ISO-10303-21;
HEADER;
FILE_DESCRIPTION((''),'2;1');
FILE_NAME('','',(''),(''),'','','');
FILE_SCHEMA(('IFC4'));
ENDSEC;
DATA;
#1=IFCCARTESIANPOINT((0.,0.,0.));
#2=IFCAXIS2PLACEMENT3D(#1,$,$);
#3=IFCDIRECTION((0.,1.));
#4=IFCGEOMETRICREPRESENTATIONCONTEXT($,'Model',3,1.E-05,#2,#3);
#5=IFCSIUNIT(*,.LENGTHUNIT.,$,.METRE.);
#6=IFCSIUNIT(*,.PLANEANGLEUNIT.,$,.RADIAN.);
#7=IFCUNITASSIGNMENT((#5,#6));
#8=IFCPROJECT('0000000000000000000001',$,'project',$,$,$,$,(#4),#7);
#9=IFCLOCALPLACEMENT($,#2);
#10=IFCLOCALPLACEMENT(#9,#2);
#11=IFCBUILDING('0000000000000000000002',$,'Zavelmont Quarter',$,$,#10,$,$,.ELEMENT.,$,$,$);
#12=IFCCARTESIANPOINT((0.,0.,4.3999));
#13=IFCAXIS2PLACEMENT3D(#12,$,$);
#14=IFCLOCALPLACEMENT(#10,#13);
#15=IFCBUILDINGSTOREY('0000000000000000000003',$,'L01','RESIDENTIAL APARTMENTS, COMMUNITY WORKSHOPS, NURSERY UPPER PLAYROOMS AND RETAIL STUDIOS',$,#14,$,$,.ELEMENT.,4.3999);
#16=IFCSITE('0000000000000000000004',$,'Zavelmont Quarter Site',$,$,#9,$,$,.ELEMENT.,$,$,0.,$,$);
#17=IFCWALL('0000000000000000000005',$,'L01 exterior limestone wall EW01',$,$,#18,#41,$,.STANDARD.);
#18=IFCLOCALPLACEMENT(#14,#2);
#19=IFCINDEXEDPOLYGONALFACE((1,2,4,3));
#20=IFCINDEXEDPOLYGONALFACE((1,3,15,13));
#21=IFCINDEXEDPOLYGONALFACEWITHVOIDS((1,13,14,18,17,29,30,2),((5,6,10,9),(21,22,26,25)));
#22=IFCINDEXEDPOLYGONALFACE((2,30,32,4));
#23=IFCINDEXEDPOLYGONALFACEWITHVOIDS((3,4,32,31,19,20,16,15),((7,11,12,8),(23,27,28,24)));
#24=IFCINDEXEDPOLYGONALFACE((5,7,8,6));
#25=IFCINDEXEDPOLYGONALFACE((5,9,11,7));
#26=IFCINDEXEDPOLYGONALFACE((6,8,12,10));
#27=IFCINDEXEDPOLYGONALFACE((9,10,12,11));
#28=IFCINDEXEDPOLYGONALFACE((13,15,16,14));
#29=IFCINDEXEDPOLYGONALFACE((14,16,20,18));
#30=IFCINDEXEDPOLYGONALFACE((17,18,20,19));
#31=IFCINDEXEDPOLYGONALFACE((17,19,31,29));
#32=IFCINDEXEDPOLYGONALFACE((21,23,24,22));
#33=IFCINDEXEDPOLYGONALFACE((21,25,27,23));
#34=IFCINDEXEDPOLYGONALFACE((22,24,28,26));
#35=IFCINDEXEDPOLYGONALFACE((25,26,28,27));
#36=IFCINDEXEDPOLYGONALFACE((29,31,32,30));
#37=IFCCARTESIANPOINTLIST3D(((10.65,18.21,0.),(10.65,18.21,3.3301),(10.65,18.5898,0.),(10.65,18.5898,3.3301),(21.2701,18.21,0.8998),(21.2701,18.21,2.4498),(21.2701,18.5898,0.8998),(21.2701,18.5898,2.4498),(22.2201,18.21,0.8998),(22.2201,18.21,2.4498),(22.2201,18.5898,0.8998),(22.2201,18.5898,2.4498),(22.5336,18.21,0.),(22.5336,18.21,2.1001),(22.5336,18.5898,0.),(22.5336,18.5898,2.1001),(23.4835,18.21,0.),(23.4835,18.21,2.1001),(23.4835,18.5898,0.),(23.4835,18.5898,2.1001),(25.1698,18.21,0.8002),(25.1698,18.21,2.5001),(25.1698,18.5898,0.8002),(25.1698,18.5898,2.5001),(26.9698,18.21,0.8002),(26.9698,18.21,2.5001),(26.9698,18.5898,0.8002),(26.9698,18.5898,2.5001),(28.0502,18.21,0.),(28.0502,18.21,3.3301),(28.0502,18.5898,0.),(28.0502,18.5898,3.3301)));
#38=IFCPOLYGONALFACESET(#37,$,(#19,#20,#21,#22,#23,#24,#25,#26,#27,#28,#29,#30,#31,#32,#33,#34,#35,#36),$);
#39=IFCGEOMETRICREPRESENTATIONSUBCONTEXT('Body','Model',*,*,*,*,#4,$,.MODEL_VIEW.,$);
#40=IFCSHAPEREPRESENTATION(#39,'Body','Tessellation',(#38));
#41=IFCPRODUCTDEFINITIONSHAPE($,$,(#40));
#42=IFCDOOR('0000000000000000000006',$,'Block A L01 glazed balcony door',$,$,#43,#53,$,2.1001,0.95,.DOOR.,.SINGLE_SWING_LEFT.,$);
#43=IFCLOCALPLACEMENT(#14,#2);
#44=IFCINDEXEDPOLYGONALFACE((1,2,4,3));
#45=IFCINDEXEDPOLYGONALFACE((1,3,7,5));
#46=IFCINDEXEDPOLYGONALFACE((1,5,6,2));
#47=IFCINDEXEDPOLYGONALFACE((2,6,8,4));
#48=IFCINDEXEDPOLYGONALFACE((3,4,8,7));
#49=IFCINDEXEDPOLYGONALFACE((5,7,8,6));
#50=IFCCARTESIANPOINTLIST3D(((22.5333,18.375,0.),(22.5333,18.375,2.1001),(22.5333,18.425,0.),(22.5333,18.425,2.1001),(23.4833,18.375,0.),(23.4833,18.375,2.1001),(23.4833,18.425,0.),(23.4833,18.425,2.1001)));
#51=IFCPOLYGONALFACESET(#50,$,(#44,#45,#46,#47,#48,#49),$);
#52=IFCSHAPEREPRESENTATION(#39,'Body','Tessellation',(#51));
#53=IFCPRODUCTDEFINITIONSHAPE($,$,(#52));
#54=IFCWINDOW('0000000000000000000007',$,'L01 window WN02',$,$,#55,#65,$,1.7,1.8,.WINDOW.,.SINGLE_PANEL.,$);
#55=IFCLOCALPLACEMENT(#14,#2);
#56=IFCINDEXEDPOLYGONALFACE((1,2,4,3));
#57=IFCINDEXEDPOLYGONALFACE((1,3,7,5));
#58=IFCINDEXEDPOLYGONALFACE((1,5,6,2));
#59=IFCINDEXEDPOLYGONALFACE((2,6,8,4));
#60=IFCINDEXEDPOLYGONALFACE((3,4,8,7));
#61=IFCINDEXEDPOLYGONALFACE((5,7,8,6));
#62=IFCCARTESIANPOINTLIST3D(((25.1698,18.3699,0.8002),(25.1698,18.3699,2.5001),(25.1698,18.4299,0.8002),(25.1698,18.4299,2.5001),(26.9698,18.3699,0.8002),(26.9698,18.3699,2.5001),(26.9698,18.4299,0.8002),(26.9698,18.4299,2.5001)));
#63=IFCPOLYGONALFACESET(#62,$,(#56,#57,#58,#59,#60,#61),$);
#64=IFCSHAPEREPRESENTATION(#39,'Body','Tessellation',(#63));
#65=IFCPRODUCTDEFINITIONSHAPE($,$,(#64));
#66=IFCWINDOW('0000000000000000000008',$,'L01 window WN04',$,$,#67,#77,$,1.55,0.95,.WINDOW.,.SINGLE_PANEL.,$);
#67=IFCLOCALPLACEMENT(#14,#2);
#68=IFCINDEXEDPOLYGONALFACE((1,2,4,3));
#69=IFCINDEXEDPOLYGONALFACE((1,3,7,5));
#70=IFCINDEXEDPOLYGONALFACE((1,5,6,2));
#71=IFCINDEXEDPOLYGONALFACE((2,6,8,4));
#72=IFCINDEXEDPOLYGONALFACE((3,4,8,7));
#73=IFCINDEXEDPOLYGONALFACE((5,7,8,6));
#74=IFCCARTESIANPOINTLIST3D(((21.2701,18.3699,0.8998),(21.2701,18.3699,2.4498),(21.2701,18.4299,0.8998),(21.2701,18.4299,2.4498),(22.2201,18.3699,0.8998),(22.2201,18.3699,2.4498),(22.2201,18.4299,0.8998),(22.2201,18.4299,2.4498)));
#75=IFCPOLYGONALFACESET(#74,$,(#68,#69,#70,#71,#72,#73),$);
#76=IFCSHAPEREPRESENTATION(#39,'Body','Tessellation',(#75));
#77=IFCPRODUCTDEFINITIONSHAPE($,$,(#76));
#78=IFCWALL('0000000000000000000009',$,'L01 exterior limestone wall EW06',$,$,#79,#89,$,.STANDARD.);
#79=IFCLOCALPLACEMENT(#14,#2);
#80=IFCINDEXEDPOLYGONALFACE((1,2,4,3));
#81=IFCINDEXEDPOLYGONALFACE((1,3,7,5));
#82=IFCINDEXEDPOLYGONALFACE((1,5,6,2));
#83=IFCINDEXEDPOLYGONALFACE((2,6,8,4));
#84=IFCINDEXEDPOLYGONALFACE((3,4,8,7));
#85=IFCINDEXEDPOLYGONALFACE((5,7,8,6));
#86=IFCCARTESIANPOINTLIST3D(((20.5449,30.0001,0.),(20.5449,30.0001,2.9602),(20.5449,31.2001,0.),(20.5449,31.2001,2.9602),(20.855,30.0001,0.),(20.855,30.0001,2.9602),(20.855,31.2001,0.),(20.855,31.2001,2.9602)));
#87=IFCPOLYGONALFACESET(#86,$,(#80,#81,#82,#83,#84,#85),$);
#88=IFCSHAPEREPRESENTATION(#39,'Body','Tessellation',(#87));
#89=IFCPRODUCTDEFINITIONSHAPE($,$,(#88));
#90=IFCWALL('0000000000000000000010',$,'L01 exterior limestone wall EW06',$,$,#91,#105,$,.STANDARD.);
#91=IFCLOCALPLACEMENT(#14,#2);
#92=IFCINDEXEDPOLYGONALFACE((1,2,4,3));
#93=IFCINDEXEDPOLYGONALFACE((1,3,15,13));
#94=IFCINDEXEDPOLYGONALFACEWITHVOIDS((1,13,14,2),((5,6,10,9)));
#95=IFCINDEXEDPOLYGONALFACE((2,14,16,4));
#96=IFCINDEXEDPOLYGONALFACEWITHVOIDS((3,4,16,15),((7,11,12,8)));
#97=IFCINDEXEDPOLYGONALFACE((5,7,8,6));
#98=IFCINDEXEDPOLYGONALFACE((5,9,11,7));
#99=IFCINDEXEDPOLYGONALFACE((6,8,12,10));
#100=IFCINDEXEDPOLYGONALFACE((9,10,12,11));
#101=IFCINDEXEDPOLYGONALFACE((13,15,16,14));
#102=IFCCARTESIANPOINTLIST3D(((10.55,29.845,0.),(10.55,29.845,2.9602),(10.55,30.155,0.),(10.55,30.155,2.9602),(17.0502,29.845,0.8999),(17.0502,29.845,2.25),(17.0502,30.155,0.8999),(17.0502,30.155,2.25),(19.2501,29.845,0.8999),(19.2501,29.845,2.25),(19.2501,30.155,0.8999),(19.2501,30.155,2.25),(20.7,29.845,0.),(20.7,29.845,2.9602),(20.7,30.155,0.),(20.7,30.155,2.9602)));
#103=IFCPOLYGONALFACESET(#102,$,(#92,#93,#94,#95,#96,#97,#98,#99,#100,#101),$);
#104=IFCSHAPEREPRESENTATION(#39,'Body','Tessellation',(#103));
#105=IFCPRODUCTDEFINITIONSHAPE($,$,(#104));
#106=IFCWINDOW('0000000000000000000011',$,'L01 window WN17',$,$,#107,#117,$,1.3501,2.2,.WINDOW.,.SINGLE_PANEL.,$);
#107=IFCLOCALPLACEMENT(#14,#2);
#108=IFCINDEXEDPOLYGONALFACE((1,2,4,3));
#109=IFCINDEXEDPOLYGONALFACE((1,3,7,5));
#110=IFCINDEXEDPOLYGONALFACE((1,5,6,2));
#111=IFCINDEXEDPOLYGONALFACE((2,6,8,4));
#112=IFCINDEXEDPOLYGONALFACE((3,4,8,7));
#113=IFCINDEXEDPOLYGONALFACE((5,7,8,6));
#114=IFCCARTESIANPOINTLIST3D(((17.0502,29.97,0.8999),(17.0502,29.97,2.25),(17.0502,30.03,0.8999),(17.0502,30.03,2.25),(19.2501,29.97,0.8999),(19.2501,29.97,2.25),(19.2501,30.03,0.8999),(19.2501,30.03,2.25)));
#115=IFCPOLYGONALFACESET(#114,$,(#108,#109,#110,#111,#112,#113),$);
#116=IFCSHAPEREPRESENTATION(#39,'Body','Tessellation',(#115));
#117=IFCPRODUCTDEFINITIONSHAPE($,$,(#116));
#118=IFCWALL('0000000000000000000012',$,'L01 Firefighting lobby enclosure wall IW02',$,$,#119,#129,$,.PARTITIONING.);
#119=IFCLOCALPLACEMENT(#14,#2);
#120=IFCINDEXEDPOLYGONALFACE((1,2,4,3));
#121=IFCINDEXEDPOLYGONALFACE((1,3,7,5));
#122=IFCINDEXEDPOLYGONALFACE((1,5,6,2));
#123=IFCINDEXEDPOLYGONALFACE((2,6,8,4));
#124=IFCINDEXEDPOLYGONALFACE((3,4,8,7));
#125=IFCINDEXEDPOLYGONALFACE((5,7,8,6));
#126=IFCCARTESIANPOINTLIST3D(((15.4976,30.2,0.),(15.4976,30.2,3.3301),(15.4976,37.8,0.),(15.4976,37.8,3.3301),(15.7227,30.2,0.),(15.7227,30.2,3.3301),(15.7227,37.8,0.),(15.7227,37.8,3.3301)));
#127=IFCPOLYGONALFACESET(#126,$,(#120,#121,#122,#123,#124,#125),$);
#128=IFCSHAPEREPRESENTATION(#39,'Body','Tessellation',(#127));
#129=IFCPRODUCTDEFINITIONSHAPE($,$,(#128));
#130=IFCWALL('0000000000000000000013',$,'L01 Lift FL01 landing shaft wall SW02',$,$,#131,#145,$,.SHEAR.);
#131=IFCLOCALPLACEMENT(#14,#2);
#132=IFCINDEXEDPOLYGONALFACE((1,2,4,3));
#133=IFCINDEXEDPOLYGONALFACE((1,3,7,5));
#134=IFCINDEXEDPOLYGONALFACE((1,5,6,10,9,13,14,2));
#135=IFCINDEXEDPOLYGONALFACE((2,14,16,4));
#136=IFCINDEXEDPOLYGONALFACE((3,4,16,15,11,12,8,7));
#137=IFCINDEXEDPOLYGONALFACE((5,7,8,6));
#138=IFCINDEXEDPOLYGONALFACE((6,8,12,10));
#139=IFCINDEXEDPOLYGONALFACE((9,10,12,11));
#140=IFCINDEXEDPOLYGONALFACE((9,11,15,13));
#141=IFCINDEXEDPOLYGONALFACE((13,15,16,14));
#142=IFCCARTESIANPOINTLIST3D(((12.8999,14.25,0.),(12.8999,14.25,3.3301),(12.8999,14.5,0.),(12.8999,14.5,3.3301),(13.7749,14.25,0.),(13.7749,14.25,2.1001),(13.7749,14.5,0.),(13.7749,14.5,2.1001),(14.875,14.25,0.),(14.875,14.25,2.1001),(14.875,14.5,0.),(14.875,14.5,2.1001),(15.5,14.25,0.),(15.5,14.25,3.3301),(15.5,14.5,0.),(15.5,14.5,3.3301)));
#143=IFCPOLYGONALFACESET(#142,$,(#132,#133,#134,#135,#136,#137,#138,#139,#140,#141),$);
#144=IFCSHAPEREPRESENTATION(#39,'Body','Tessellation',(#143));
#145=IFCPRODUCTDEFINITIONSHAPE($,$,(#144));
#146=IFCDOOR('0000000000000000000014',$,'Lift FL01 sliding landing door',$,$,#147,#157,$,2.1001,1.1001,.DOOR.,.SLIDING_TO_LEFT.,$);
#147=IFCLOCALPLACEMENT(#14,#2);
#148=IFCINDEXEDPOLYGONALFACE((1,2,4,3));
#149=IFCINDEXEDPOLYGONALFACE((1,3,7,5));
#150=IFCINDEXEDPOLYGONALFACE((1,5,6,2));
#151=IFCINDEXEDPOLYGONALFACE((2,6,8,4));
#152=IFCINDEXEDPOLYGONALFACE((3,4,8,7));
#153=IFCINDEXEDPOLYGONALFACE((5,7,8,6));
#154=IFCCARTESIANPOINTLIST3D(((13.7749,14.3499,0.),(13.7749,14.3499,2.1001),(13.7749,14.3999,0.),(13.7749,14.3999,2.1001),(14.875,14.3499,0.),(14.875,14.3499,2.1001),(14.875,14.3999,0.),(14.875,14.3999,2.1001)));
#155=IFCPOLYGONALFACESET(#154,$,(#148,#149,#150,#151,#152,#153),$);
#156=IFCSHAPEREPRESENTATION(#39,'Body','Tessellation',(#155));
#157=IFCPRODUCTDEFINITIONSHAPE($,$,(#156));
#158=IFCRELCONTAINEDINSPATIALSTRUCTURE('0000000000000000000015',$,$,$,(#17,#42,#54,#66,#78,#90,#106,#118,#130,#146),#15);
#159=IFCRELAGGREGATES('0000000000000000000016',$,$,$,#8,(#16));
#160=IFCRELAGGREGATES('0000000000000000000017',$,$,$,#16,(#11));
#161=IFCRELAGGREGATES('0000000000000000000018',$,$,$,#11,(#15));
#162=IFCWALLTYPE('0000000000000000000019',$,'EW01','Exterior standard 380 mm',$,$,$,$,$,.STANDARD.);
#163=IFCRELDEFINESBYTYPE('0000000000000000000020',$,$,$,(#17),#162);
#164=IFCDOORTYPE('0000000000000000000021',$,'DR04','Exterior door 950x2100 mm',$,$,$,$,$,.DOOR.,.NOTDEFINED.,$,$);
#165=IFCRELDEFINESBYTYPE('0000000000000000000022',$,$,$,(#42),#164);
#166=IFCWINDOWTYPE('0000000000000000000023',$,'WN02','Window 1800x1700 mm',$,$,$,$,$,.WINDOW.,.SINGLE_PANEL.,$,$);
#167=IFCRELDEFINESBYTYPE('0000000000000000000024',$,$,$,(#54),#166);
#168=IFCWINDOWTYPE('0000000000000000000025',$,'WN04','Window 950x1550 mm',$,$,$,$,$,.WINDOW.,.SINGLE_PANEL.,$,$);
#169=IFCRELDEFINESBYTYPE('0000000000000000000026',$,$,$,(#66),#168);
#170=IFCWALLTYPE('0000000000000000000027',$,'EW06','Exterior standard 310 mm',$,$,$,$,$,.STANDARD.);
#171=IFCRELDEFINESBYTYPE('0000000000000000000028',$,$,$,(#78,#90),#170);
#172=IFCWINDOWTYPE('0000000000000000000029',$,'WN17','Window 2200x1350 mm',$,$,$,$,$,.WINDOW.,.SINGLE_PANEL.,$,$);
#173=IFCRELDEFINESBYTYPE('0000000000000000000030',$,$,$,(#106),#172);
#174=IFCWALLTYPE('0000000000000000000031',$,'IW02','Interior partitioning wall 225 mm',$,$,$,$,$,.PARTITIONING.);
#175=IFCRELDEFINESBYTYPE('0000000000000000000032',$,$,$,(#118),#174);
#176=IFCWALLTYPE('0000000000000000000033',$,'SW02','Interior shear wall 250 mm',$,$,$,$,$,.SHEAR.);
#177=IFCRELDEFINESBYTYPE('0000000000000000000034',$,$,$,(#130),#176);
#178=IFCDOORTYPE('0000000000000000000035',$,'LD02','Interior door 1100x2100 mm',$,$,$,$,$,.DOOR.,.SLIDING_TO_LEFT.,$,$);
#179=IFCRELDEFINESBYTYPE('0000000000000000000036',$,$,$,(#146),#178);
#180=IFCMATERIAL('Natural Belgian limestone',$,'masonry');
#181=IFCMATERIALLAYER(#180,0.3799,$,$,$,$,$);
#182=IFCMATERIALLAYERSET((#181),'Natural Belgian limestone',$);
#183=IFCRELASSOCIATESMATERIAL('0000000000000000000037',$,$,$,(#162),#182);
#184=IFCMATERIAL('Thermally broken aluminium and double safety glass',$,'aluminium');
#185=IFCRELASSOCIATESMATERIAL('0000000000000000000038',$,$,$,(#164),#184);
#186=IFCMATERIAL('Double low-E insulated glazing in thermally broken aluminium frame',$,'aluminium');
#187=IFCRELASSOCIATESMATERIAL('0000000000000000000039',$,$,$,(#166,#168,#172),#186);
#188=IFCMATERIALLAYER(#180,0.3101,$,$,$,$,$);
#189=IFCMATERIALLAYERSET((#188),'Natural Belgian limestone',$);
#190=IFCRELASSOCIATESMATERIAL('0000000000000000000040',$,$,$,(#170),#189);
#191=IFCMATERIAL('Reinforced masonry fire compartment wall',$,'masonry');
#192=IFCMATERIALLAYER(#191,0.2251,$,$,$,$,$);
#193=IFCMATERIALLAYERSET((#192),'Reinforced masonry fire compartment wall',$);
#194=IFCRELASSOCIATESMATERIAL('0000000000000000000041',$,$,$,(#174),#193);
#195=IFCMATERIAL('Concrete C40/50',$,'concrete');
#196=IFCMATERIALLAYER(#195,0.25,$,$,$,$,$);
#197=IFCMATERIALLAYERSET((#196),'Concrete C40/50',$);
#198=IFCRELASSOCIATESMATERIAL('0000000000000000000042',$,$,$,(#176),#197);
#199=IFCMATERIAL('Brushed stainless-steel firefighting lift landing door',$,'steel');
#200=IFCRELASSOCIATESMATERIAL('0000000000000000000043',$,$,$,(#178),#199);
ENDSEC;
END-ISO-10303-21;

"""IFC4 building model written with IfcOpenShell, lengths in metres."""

from ifc_helpers import new_model, si_unit, direction, frame, frame_2d, origin, origin_with_axes, place, context, subcontext, project, spatial, rectangle, extrude, material, layer, layer_set, type_object, element, fill, save


model = new_model("IFC4")

# Units and contexts
model_context = context("Model", 3, precision=1e-05, world=origin(), true_north=direction((0.0, 1.0)))
body_context = subcontext(model_context, "Body", "Model", "MODEL_VIEW")
ifc_project = project(units=[si_unit("LENGTHUNIT", "METRE"), si_unit("PLANEANGLEUNIT", "RADIAN")], contexts=[model_context])

# Site, building, storey
site_placement = place(None, origin())
site = spatial("IfcSite", under=ifc_project, at=site_placement, Name="Zavelmont Quarter Site", CompositionType="ELEMENT", RefElevation=0.0)
building_placement = place(site_placement, origin())
building = spatial("IfcBuilding", under=site, at=building_placement, Name="Zavelmont Quarter", CompositionType="ELEMENT")
storey_placement = place(building_placement, frame((0.0, 0.0, 4.3999)))
storey = spatial("IfcBuildingStorey", under=building, at=storey_placement, Name="L01", Description="RESIDENTIAL APARTMENTS, COMMUNITY WORKSHOPS, NURSERY UPPER PLAYROOMS AND RETAIL STUDIOS", CompositionType="ELEMENT", Elevation=4.3999)

# Shared definitions
ifc_material_1 = material(Name="Concrete C40/50", Category="concrete")

# Wall, openings, door, windows
ifc_material_2 = material(Name="Natural Belgian limestone", Category="masonry")
ifc_layer_1 = layer(ifc_material_2, 0.3799)
ifc_layer_set_1 = layer_set([ifc_layer_1], Name="Natural Belgian limestone")
wall_type_1 = type_object("IfcWallType", Name="EW01", Description="Exterior standard 380 mm", PredefinedType="STANDARD", material=ifc_layer_set_1)
wall_1_placement = place(storey_placement, frame((10.6499, 18.3999, 0.0), z_axis=(0.0, 0.0, 1.0), x_axis=(1.0, 0.0, 0.0)))
wall_1 = element("IfcWall", 1, at=wall_1_placement, inside=storey, type_object=wall_type_1, Name="L01 exterior limestone wall EW01", PredefinedType="STANDARD", context=body_context, shape_type="SweptSolid", body=[
    extrude(rectangle(XDim=17.4001, YDim=0.3799, at=frame_2d((8.7002, 0.0))), origin(), (0.0, 0.0, 1.0), 3.3301),
])
opening_1_placement = place(wall_1_placement, frame((11.8835, 0.0, 0.0)))
opening_1 = element("IfcOpeningElement", 2, at=opening_1_placement, cuts=wall_1, PredefinedType="OPENING", context=body_context, shape_type="SweptSolid", body=[
    extrude(rectangle(XDim=0.95, YDim=2.1001, at=frame_2d((0.4751, 1.05))), frame((0.0, 0.2019, 0.0), z_axis=(0.0, -1.0, 0.0), x_axis=(1.0, 0.0, 0.0)), (0.0, 0.0, 1.0), 0.4038),
])
opening_2_placement = place(wall_1_placement, frame((10.6201, 0.0, 0.8999)))
opening_2 = element("IfcOpeningElement", 3, at=opening_2_placement, cuts=wall_1, PredefinedType="OPENING", context=body_context, shape_type="SweptSolid", body=[
    extrude(rectangle(XDim=0.95, YDim=1.55, at=frame_2d((0.4751, 0.7749))), frame((0.0, 0.2019, 0.0), z_axis=(0.0, -1.0, 0.0), x_axis=(1.0, 0.0, 0.0)), (0.0, 0.0, 1.0), 0.4038),
])
opening_3_placement = place(wall_1_placement, frame((14.52, 0.0, 0.8)))
opening_3 = element("IfcOpeningElement", 4, at=opening_3_placement, cuts=wall_1, PredefinedType="OPENING", context=body_context, shape_type="SweptSolid", body=[
    extrude(rectangle(XDim=1.8, YDim=1.7, at=frame_2d((0.8999, 0.8501))), frame((0.0, 0.2019, 0.0), z_axis=(0.0, -1.0, 0.0), x_axis=(1.0, 0.0, 0.0)), (0.0, 0.0, 1.0), 0.4038),
])
ifc_material_3 = material(Name="Thermally broken aluminium and double safety glass", Category="aluminium")
door_type_1 = type_object("IfcDoorType", Name="DR04", Description="Exterior door 950x2100 mm", OperationType="NOTDEFINED", PredefinedType="DOOR", material=ifc_material_3)
door_1_placement = place(opening_1_placement, frame((0.95, 0.0, 0.0), z_axis=(0.0, 0.0, 1.0), x_axis=(-1.0, 0.0, 0.0)))
door_1 = element("IfcDoor", 5, at=door_1_placement, inside=storey, type_object=door_type_1, Name="Block A L01 glazed balcony door", OperationType="SINGLE_SWING_LEFT", OverallHeight=2.1001, OverallWidth=0.95, PredefinedType="DOOR", context=body_context, shape_type="SweptSolid", body=[
    extrude(rectangle(XDim=0.95, YDim=2.1001, at=frame_2d((0.4751, 1.05))), frame((0.0, 0.0249, 0.0), z_axis=(0.0, -1.0, 0.0), x_axis=(1.0, 0.0, 0.0)), (0.0, 0.0, 1.0), 0.05),
])
fill(opening_1, door_1)
ifc_material_4 = material(Name="Double low-E insulated glazing in thermally broken aluminium frame", Category="aluminium")
window_type_1 = type_object("IfcWindowType", Name="WN02", Description="Window 1800x1700 mm", PartitioningType="SINGLE_PANEL", PredefinedType="WINDOW", material=ifc_material_4)
window_1_placement = place(opening_3_placement, origin_with_axes())
window_1 = element("IfcWindow", 6, at=window_1_placement, inside=storey, type_object=window_type_1, Name="L01 window WN02", OverallHeight=1.7, OverallWidth=1.8, PartitioningType="SINGLE_PANEL", PredefinedType="WINDOW", context=body_context, shape_type="SweptSolid", body=[
    extrude(rectangle(XDim=1.8, YDim=1.7, at=frame_2d((0.8999, 0.8501))), frame((0.0, 0.03, 0.0), z_axis=(0.0, -1.0, 0.0), x_axis=(1.0, 0.0, 0.0)), (0.0, 0.0, 1.0), 0.0601),
])
fill(opening_3, window_1)
window_type_2 = type_object("IfcWindowType", Name="WN04", Description="Window 950x1550 mm", PartitioningType="SINGLE_PANEL", PredefinedType="WINDOW", material=ifc_material_4)
window_2_placement = place(opening_2_placement, origin_with_axes())
window_2 = element("IfcWindow", 7, at=window_2_placement, inside=storey, type_object=window_type_2, Name="L01 window WN04", OverallHeight=1.55, OverallWidth=0.95, PartitioningType="SINGLE_PANEL", PredefinedType="WINDOW", context=body_context, shape_type="SweptSolid", body=[
    extrude(rectangle(XDim=0.95, YDim=1.55, at=frame_2d((0.4751, 0.7749))), frame((0.0, 0.03, 0.0), z_axis=(0.0, -1.0, 0.0), x_axis=(1.0, 0.0, 0.0)), (0.0, 0.0, 1.0), 0.0601),
])
fill(opening_2, window_2)

# Wall
ifc_layer_2 = layer(ifc_material_2, 0.3101)
ifc_layer_set_2 = layer_set([ifc_layer_2], Name="Natural Belgian limestone")
wall_type_2 = type_object("IfcWallType", Name="EW06", Description="Exterior standard 310 mm", PredefinedType="STANDARD", material=ifc_layer_set_2)
wall_2_placement = place(storey_placement, frame((20.7, 30.0, 0.0), z_axis=(0.0, 0.0, 1.0), x_axis=(0.0, 1.0, 0.0)))
element("IfcWall", 8, at=wall_2_placement, inside=storey, type_object=wall_type_2, Name="L01 exterior limestone wall EW06", PredefinedType="STANDARD", context=body_context, shape_type="SweptSolid", body=[
    extrude(rectangle(XDim=1.2, YDim=0.3101, at=frame_2d((0.6001, 0.0))), origin(), (0.0, 0.0, 1.0), 2.9602),
])

# Wall, opening, window
wall_3_placement = place(storey_placement, frame((10.55, 30.0, 0.0), z_axis=(0.0, 0.0, 1.0), x_axis=(1.0, 0.0, 0.0)))
wall_3 = element("IfcWall", 9, at=wall_3_placement, inside=storey, type_object=wall_type_2, Name="L01 exterior limestone wall EW06", PredefinedType="STANDARD", context=body_context, shape_type="SweptSolid", body=[
    extrude(rectangle(XDim=10.1499, YDim=0.3101, at=frame_2d((5.075, 0.0))), origin(), (0.0, 0.0, 1.0), 2.9602),
])
opening_4_placement = place(wall_3_placement, frame((6.5, 0.0, 0.8999)))
opening_4 = element("IfcOpeningElement", 10, at=opening_4_placement, cuts=wall_3, PredefinedType="OPENING", context=body_context, shape_type="SweptSolid", body=[
    extrude(rectangle(XDim=2.2, YDim=1.3501, at=frame_2d((1.1001, 0.675))), frame((0.0, 0.167, 0.0), z_axis=(0.0, -1.0, 0.0), x_axis=(1.0, 0.0, 0.0)), (0.0, 0.0, 1.0), 0.334),
])
window_type_3 = type_object("IfcWindowType", Name="WN17", Description="Window 2200x1350 mm", PartitioningType="SINGLE_PANEL", PredefinedType="WINDOW", material=ifc_material_4)
window_3_placement = place(opening_4_placement, origin_with_axes())
window_3 = element("IfcWindow", 11, at=window_3_placement, inside=storey, type_object=window_type_3, Name="L01 window WN17", OverallHeight=1.3501, OverallWidth=2.2, PartitioningType="SINGLE_PANEL", PredefinedType="WINDOW", context=body_context, shape_type="SweptSolid", body=[
    extrude(rectangle(XDim=2.2, YDim=1.3501, at=frame_2d((1.1001, 0.675))), frame((0.0, 0.03, 0.0), z_axis=(0.0, -1.0, 0.0), x_axis=(1.0, 0.0, 0.0)), (0.0, 0.0, 1.0), 0.0601),
])
fill(opening_4, window_3)

# Shared definitions
ifc_material_5 = material(Name="Reinforced masonry fire compartment wall", Category="masonry")
ifc_layer_3 = layer(ifc_material_5, 0.2251)
ifc_layer_set_3 = layer_set([ifc_layer_3], Name="Reinforced masonry fire compartment wall")
wall_type_3 = type_object("IfcWallType", Name="IW02", Description="Interior partitioning wall 225 mm", PredefinedType="PARTITIONING", material=ifc_layer_set_3)

# Wall
wall_4_placement = place(storey_placement, frame((15.6101, 30.2, 0.0), z_axis=(0.0, 0.0, 1.0), x_axis=(0.0, 1.0, 0.0)))
element("IfcWall", 12, at=wall_4_placement, inside=storey, type_object=wall_type_3, Name="L01 Firefighting lobby enclosure wall IW02", PredefinedType="PARTITIONING", context=body_context, shape_type="SweptSolid", body=[
    extrude(rectangle(XDim=7.6001, YDim=0.2251, at=frame_2d((3.8, 0.0))), origin(), (0.0, 0.0, 1.0), 3.3301),
])

# Wall, opening, door
ifc_layer_4 = layer(ifc_material_1, 0.25)
ifc_layer_set_4 = layer_set([ifc_layer_4], Name="Concrete C40/50")
wall_type_4 = type_object("IfcWallType", Name="SW02", Description="Interior shear wall 250 mm", PredefinedType="SHEAR", material=ifc_layer_set_4)
wall_5_placement = place(storey_placement, frame((12.8999, 14.375, 0.0), z_axis=(0.0, 0.0, 1.0), x_axis=(1.0, 0.0, 0.0)))
wall_5 = element("IfcWall", 13, at=wall_5_placement, inside=storey, type_object=wall_type_4, Name="L01 Lift FL01 landing shaft wall SW02", PredefinedType="SHEAR", context=body_context, shape_type="SweptSolid", body=[
    extrude(rectangle(XDim=2.6001, YDim=0.25, at=frame_2d((1.3, 0.0))), origin(), (0.0, 0.0, 1.0), 3.3301),
])
opening_5_placement = place(wall_5_placement, frame((0.875, 0.0, 0.0)))
opening_5 = element("IfcOpeningElement", 14, at=opening_5_placement, cuts=wall_5, PredefinedType="OPENING", context=body_context, shape_type="SweptSolid", body=[
    extrude(rectangle(XDim=1.1001, YDim=2.1001, at=frame_2d((0.55, 1.05))), frame((0.0, 0.137, 0.0), z_axis=(0.0, -1.0, 0.0), x_axis=(1.0, 0.0, 0.0)), (0.0, 0.0, 1.0), 0.2739),
])
ifc_material_6 = material(Name="Brushed stainless-steel firefighting lift landing door", Category="steel")
door_type_2 = type_object("IfcDoorType", Name="LD02", Description="Interior door 1100x2100 mm", OperationType="SLIDING_TO_LEFT", PredefinedType="DOOR", material=ifc_material_6)
door_2_placement = place(opening_5_placement, origin_with_axes())
door_2 = element("IfcDoor", 15, at=door_2_placement, inside=storey, type_object=door_type_2, Name="Lift FL01 sliding landing door", OperationType="SLIDING_TO_LEFT", OverallHeight=2.1001, OverallWidth=1.1001, PredefinedType="DOOR", context=body_context, shape_type="SweptSolid", body=[
    extrude(rectangle(XDim=1.1001, YDim=2.1001, at=frame_2d((0.55, 1.05))), frame((0.0, 0.0249, 0.0), z_axis=(0.0, -1.0, 0.0), x_axis=(1.0, 0.0, 0.0)), (0.0, 0.0, 1.0), 0.05),
])
fill(opening_5, door_2)

save(model, "model.ifc")
